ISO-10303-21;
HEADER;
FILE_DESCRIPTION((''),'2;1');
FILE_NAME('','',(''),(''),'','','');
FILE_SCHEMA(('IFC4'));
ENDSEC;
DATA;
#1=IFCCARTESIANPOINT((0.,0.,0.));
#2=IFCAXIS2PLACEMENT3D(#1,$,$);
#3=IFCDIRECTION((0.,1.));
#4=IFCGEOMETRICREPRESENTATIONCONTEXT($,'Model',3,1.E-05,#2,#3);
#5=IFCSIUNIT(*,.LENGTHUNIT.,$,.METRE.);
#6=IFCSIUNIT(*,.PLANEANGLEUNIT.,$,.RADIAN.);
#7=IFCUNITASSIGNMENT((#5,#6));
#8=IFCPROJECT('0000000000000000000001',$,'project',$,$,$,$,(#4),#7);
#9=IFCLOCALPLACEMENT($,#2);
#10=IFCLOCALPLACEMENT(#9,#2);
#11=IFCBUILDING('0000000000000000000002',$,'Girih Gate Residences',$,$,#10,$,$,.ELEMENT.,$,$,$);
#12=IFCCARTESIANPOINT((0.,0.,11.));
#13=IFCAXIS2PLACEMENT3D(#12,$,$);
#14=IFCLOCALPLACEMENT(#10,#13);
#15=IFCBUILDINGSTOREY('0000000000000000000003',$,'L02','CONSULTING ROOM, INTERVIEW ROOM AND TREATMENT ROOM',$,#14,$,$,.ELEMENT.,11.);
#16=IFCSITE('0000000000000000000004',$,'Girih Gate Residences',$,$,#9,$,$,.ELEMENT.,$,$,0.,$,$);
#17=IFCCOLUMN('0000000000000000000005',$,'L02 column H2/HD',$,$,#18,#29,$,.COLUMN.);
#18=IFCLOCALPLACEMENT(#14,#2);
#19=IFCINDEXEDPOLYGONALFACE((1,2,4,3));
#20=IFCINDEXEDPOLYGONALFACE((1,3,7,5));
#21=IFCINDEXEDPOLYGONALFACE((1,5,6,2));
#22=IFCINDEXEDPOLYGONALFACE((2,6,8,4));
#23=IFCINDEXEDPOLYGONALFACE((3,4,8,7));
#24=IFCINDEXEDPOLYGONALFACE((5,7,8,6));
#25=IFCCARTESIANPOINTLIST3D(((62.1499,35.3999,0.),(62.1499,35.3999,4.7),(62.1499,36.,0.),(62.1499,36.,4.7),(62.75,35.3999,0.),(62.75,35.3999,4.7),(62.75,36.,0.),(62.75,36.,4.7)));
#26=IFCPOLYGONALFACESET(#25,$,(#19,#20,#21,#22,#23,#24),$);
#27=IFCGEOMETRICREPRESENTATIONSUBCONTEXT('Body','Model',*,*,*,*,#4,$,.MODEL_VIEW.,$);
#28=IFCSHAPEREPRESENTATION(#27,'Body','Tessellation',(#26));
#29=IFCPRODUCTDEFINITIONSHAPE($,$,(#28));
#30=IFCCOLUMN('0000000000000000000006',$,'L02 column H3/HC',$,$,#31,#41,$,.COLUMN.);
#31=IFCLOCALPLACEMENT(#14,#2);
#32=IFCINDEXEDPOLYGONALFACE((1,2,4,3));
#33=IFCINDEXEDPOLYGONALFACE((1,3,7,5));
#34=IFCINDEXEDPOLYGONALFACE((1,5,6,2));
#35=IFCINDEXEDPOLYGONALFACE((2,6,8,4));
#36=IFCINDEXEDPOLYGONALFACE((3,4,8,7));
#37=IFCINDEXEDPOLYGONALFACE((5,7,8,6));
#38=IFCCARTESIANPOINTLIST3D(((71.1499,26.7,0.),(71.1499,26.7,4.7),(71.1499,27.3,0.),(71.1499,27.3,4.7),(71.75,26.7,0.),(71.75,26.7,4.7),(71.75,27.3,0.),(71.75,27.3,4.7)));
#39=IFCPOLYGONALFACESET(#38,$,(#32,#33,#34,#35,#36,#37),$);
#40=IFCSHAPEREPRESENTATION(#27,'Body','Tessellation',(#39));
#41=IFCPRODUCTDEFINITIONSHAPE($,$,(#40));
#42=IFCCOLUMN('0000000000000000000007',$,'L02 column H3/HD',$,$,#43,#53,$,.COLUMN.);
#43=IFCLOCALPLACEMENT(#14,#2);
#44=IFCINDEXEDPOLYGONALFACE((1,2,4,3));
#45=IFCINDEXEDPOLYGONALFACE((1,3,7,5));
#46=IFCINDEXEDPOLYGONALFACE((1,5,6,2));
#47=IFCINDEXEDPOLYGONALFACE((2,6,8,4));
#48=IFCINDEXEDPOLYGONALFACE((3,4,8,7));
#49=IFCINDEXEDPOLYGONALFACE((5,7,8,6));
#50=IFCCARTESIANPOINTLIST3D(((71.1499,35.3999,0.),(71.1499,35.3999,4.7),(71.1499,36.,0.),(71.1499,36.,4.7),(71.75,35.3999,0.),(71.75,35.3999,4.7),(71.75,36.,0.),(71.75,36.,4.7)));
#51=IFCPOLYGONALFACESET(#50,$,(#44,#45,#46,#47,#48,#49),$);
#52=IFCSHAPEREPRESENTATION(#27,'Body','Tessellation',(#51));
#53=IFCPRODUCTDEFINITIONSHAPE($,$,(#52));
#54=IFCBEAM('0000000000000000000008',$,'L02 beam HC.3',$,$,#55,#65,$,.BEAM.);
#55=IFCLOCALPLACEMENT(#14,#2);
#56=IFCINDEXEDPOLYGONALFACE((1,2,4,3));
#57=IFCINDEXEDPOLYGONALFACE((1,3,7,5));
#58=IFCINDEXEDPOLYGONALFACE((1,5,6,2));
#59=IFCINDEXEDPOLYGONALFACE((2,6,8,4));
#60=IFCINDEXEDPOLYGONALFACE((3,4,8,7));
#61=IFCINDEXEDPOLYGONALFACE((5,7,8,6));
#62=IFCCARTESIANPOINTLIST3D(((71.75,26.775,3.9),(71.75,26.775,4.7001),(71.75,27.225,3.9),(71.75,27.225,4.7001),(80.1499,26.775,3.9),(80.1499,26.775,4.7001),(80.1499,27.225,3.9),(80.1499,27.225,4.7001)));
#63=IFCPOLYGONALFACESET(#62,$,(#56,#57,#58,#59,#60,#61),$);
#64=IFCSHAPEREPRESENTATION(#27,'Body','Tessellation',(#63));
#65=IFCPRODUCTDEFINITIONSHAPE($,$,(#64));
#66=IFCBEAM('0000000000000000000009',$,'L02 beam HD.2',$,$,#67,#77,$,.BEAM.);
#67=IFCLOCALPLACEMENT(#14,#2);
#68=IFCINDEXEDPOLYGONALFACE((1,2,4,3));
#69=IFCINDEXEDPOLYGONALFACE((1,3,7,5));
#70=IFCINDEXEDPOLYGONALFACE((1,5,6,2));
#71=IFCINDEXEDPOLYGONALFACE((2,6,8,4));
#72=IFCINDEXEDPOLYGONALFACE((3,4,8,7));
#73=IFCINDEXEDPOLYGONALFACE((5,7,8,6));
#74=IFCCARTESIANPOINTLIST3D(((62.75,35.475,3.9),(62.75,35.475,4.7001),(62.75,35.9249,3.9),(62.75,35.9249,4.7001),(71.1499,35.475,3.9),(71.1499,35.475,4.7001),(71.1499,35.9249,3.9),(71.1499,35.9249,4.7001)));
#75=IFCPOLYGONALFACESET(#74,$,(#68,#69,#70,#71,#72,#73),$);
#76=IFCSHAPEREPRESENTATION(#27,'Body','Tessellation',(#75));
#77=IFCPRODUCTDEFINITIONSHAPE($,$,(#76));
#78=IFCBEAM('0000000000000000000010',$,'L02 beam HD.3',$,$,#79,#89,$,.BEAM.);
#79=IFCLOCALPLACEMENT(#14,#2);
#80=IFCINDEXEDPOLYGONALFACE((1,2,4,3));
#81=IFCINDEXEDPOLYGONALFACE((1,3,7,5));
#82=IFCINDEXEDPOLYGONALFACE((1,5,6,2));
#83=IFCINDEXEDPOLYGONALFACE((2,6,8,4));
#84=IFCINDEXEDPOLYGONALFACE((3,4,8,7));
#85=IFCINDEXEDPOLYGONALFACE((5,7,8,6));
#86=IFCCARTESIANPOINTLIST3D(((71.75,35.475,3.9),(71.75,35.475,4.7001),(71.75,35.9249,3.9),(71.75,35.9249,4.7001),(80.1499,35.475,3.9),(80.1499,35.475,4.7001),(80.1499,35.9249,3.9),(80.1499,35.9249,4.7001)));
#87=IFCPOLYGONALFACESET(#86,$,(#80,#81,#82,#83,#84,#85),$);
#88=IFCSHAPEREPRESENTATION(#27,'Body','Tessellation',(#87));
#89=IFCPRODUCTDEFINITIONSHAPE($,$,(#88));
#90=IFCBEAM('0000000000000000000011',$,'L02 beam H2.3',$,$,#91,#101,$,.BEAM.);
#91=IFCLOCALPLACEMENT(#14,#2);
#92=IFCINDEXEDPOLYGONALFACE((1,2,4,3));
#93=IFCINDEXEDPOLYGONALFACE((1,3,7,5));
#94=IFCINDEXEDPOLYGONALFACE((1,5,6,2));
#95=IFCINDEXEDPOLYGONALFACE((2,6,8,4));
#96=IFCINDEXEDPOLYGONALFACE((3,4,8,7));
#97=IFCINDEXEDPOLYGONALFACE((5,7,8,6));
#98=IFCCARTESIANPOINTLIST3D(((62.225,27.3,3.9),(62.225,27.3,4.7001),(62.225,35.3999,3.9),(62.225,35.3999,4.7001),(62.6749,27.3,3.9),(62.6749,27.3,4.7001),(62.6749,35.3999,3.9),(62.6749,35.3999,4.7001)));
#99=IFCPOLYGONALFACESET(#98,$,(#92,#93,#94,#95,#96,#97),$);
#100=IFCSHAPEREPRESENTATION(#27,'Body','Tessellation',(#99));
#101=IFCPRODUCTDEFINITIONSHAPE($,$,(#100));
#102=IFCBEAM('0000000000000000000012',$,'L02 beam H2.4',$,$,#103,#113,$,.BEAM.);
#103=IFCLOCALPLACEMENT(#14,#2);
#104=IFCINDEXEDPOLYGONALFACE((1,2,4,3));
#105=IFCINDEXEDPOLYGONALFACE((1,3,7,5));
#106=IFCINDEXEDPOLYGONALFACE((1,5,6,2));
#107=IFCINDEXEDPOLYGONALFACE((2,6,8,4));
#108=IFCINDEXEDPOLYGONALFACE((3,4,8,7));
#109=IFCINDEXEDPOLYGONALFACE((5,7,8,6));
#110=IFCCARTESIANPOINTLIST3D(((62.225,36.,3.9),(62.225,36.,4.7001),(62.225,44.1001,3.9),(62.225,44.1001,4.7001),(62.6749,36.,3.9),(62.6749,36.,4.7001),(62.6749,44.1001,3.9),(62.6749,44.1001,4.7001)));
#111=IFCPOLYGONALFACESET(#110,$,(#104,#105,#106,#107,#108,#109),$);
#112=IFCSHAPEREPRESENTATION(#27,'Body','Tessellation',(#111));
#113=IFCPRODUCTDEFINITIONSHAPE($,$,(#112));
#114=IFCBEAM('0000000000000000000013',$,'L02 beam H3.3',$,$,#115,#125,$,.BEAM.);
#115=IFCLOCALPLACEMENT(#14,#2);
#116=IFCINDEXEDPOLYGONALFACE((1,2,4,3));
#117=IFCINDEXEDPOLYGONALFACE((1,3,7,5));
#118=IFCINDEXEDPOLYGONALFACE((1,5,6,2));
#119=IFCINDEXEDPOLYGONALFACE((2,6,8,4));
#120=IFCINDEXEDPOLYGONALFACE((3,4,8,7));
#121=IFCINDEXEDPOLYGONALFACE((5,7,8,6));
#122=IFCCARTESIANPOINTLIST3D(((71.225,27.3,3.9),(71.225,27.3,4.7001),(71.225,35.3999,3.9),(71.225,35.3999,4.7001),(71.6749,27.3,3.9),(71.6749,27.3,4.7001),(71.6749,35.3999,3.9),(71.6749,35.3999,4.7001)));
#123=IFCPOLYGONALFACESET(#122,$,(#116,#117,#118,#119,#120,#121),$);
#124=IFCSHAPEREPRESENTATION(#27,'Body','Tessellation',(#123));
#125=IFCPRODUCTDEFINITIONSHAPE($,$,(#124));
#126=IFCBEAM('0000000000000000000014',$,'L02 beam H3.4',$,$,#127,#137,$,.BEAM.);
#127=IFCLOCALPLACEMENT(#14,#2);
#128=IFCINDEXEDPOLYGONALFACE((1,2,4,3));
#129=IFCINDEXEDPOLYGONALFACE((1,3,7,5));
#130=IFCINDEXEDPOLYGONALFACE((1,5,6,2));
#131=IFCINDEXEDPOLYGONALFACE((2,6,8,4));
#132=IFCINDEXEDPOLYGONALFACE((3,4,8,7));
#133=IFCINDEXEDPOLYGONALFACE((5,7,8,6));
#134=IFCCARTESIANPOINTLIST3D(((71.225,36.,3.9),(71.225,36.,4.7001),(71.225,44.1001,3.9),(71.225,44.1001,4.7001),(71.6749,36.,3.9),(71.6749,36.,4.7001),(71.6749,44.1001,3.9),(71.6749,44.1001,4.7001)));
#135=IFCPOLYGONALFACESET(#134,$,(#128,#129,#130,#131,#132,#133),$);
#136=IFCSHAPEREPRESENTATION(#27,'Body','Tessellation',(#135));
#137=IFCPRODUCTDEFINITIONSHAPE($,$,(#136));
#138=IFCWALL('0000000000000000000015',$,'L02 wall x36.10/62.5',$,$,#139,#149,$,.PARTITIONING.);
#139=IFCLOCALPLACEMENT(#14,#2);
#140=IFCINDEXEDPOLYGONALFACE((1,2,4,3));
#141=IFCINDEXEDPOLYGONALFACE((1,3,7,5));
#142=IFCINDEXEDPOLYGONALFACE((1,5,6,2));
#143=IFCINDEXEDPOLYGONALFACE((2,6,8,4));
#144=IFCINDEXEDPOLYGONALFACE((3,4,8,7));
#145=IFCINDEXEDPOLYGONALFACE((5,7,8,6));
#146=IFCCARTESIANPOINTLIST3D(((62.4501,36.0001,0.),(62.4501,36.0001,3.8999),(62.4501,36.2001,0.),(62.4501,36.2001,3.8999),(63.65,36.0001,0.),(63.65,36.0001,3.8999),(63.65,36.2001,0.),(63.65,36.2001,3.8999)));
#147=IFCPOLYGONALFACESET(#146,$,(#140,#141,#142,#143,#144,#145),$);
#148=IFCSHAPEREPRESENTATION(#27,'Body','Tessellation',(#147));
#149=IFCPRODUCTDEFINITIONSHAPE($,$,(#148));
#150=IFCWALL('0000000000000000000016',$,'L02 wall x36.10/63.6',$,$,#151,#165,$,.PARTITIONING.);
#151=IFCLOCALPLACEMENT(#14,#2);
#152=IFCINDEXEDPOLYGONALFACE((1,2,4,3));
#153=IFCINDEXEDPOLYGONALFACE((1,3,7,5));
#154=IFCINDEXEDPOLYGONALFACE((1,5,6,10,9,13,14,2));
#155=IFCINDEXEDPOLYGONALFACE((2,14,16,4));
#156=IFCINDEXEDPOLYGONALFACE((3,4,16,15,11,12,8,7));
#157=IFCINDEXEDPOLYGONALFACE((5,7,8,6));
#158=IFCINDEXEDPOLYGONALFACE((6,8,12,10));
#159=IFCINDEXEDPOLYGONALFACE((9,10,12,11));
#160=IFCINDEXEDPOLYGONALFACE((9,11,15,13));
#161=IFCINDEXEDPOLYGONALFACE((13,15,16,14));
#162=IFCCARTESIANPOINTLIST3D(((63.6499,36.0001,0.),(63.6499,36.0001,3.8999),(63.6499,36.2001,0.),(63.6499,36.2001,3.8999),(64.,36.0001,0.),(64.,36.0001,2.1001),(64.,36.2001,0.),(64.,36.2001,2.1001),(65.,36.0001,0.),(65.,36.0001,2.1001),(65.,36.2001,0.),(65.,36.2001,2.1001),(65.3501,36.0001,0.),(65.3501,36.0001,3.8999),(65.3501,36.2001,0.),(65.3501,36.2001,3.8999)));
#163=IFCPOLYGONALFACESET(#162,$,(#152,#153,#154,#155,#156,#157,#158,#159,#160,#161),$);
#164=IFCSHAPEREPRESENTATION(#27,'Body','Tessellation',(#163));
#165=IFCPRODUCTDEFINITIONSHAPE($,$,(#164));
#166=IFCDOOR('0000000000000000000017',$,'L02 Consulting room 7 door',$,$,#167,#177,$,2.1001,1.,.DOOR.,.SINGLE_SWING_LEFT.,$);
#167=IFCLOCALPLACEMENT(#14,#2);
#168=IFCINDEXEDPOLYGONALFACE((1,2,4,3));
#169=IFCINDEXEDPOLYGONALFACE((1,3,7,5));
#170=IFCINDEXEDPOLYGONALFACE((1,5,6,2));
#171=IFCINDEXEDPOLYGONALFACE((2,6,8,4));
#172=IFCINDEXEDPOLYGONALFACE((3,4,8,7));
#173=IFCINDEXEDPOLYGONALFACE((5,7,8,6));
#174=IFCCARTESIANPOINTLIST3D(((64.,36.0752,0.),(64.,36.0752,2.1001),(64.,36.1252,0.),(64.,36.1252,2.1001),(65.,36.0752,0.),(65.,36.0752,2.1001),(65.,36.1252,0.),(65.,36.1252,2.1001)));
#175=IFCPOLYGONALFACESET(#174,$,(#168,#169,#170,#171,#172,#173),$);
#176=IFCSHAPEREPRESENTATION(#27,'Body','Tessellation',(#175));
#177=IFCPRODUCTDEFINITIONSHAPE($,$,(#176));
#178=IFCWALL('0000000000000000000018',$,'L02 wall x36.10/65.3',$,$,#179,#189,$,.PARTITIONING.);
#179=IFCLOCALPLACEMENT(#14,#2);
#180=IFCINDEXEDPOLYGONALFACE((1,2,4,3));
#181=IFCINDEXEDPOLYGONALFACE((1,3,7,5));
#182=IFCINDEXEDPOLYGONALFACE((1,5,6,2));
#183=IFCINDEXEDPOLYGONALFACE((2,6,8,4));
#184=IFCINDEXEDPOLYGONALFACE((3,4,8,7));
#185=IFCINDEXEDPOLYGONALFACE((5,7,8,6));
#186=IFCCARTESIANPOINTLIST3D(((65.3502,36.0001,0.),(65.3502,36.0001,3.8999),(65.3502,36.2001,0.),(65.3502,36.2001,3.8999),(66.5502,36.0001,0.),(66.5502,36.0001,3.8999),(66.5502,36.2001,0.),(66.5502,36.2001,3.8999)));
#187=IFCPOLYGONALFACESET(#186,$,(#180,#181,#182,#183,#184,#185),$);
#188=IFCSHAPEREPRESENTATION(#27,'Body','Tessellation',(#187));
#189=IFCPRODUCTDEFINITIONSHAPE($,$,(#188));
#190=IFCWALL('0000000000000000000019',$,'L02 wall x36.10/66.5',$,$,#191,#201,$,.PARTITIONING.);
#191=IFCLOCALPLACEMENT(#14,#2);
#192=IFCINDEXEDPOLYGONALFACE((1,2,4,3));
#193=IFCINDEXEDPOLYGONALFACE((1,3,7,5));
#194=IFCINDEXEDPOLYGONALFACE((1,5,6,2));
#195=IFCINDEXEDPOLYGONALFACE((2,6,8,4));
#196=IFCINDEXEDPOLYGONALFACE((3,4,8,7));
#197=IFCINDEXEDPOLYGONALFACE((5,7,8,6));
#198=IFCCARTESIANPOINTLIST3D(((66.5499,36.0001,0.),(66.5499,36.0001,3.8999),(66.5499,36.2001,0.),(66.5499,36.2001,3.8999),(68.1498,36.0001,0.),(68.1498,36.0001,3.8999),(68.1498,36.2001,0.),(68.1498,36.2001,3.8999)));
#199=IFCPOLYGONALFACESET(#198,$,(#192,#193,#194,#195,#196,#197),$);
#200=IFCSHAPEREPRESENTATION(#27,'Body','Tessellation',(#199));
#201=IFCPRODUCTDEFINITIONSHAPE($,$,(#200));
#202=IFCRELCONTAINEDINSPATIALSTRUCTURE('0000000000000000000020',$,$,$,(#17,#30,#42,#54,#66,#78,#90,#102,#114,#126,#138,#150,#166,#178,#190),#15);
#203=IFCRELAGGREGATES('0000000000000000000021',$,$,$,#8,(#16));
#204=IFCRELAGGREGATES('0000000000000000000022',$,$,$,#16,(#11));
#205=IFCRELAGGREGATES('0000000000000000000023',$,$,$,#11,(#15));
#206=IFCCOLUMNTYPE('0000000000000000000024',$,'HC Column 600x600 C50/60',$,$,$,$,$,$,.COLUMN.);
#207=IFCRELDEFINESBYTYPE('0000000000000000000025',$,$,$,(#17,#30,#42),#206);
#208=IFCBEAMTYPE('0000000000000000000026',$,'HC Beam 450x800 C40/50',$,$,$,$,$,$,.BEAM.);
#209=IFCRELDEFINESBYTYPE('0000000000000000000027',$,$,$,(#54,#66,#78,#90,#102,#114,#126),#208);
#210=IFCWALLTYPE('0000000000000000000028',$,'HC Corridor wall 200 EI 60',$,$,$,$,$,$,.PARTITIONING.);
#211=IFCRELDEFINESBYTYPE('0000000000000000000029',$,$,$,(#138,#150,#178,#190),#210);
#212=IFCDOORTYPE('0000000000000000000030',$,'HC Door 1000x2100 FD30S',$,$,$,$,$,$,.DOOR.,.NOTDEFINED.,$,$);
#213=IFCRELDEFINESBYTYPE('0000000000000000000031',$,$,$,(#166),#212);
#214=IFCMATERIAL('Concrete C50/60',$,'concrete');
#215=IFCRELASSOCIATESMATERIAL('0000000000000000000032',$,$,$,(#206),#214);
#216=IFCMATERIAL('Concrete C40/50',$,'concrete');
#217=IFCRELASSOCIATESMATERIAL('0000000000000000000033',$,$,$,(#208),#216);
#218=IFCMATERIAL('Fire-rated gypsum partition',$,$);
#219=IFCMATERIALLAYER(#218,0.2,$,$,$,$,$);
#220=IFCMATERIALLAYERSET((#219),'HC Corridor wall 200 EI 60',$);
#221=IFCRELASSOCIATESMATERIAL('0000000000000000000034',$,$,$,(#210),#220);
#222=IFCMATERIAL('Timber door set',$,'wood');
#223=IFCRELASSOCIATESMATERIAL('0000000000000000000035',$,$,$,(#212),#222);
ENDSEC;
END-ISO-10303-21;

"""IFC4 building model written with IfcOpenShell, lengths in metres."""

from ifc_helpers import new_model, si_unit, direction, frame, frame_2d, origin, origin_2d, place, context, subcontext, project, spatial, rectangle, extrude, material, layer, layer_set, material_profile, profile_set, type_object, element, fill, save


model = new_model("IFC4")

# Units and contexts
model_context = context("Model", 3, precision=1e-05, world=origin(), true_north=direction((0.0, 1.0)))
body_context = subcontext(model_context, "Body", "Model", "MODEL_VIEW")
ifc_project = project(units=[si_unit("LENGTHUNIT", "METRE"), si_unit("PLANEANGLEUNIT", "RADIAN")], contexts=[model_context])

# Site, building, storey
site_placement = place(None, origin())
site = spatial("IfcSite", under=ifc_project, at=site_placement, Name="Girih Gate Residences", CompositionType="ELEMENT", RefElevation=0.0)
building_placement = place(site_placement, origin())
building = spatial("IfcBuilding", under=site, at=building_placement, Name="Girih Gate Residences", CompositionType="ELEMENT")
storey_placement = place(building_placement, frame((0.0, 0.0, 11.0)))
storey = spatial("IfcBuildingStorey", under=building, at=storey_placement, Name="L02", Description="CONSULTING ROOM, INTERVIEW ROOM AND TREATMENT ROOM", CompositionType="ELEMENT", Elevation=11.0)

# Columns
ifc_material_1 = material(Name="Concrete C50/60", Category="concrete")
ifc_material_profile_1 = material_profile(ifc_material_1, rectangle(XDim=0.6001, YDim=0.6001, at=origin_2d()))
ifc_profile_set_1 = profile_set([ifc_material_profile_1], Name="Concrete C50/60")
column_type = type_object("IfcColumnType", Name="HC Column 600x600 C50/60", PredefinedType="COLUMN", material=ifc_profile_set_1)
for number, where, z_axis, x_axis, name in (
    (1, (62.45, 35.7, 0.0), (0.0, 0.0, 1.0), (1.0, 0.0, 0.0), "L02 column H2/HD"),
    (2, (71.45, 27.0, 0.0), (0.0, 0.0, 1.0), (1.0, 0.0, 0.0), "L02 column H3/HC"),
    (3, (71.45, 35.7, 0.0), (0.0, 0.0, 1.0), (1.0, 0.0, 0.0), "L02 column H3/HD"),
):
    element("IfcColumn", number, at=place(storey_placement, frame(where, z_axis=z_axis, x_axis=x_axis)), inside=storey, type_object=column_type, Name=name, PredefinedType="COLUMN", context=body_context, shape_type="SweptSolid", body=[
        extrude(rectangle(XDim=0.6001, YDim=0.6001, at=origin_2d()), origin(), (0.0, 0.0, 1.0), 4.7),
    ])

# Beams
ifc_material_2 = material(Name="Concrete C40/50", Category="concrete")
ifc_material_profile_2 = material_profile(ifc_material_2, rectangle(XDim=0.45, YDim=0.8, at=origin_2d()))
ifc_profile_set_2 = profile_set([ifc_material_profile_2], Name="Concrete C40/50")
beam_type = type_object("IfcBeamType", Name="HC Beam 450x800 C40/50", PredefinedType="BEAM", material=ifc_profile_set_2)
for number, where, z_axis, x_axis, name in (
    (4, (71.75, 27.0, 4.3), (1.0, 0.0, 0.0), (0.0, 1.0, 0.0), "L02 beam HC.3"),
    (5, (62.75, 35.7, 4.3), (1.0, 0.0, 0.0), (0.0, 1.0, 0.0), "L02 beam HD.2"),
    (6, (71.75, 35.7, 4.3), (1.0, 0.0, 0.0), (0.0, 1.0, 0.0), "L02 beam HD.3"),
):
    element("IfcBeam", number, at=place(storey_placement, frame(where, z_axis=z_axis, x_axis=x_axis)), inside=storey, type_object=beam_type, Name=name, PredefinedType="BEAM", context=body_context, shape_type="SweptSolid", body=[
        extrude(rectangle(XDim=0.45, YDim=0.8, at=origin_2d()), origin(), (0.0, 0.0, 1.0), 8.3999),
    ])
beam_1_placement = place(storey_placement, frame((62.45, 27.3, 4.3), z_axis=(0.0, 1.0, 0.0), x_axis=(-1.0, 0.0, 0.0)))
element("IfcBeam", 7, at=beam_1_placement, inside=storey, type_object=beam_type, Name="L02 beam H2.3", PredefinedType="BEAM", context=body_context, shape_type="SweptSolid", body=[
    extrude(rectangle(XDim=0.45, YDim=0.8, at=origin_2d()), origin(), (0.0, 0.0, 1.0), 8.0999),
])
beam_2_placement = place(storey_placement, frame((62.45, 36.0, 4.3), z_axis=(0.0, 1.0, 0.0), x_axis=(-1.0, 0.0, 0.0)))
element("IfcBeam", 8, at=beam_2_placement, inside=storey, type_object=beam_type, Name="L02 beam H2.4", PredefinedType="BEAM", context=body_context, shape_type="SweptSolid", body=[
    extrude(rectangle(XDim=0.45, YDim=0.8, at=origin_2d()), origin(), (0.0, 0.0, 1.0), 8.1001),
])
beam_3_placement = place(storey_placement, frame((71.45, 27.3, 4.3), z_axis=(0.0, 1.0, 0.0), x_axis=(-1.0, 0.0, 0.0)))
element("IfcBeam", 9, at=beam_3_placement, inside=storey, type_object=beam_type, Name="L02 beam H3.3", PredefinedType="BEAM", context=body_context, shape_type="SweptSolid", body=[
    extrude(rectangle(XDim=0.45, YDim=0.8, at=origin_2d()), origin(), (0.0, 0.0, 1.0), 8.0999),
])
beam_4_placement = place(storey_placement, frame((71.45, 36.0, 4.3), z_axis=(0.0, 1.0, 0.0), x_axis=(-1.0, 0.0, 0.0)))
element("IfcBeam", 10, at=beam_4_placement, inside=storey, type_object=beam_type, Name="L02 beam H3.4", PredefinedType="BEAM", context=body_context, shape_type="SweptSolid", body=[
    extrude(rectangle(XDim=0.45, YDim=0.8, at=origin_2d()), origin(), (0.0, 0.0, 1.0), 8.1001),
])

# Wall
ifc_material_3 = material(Name="Fire-rated gypsum partition")
ifc_layer_1 = layer(ifc_material_3, 0.2)
ifc_layer_set_1 = layer_set([ifc_layer_1], Name="HC Corridor wall 200 EI 60")
wall_type_1 = type_object("IfcWallType", Name="HC Corridor wall 200 EI 60", PredefinedType="PARTITIONING", material=ifc_layer_set_1)
wall_1_placement = place(storey_placement, frame((62.45, 36.1001, 0.0), z_axis=(0.0, 0.0, 1.0), x_axis=(1.0, 0.0, 0.0)))
element("IfcWall", 11, at=wall_1_placement, inside=storey, type_object=wall_type_1, Name="L02 wall x36.10/62.5", PredefinedType="PARTITIONING", context=body_context, shape_type="SweptSolid", body=[
    extrude(rectangle(XDim=1.2, YDim=0.2, at=frame_2d((0.6001, 0.0))), origin(), (0.0, 0.0, 1.0), 3.8999),
])

# Wall, opening, door
wall_2_placement = place(storey_placement, frame((65.3501, 36.1001, 0.0), z_axis=(0.0, 0.0, 1.0), x_axis=(-1.0, 0.0, 0.0)))
wall_2 = element("IfcWall", 12, at=wall_2_placement, inside=storey, type_object=wall_type_1, Name="L02 wall x36.10/63.6", PredefinedType="PARTITIONING", context=body_context, shape_type="SweptSolid", body=[
    extrude(rectangle(XDim=1.7002, YDim=0.2, at=frame_2d((0.8501, 0.0))), origin(), (0.0, 0.0, 1.0), 3.8999),
])
opening_1_placement = place(wall_2_placement, frame((0.3501, 0.0, 0.0)))
opening_1 = element("IfcOpeningElement", 13, at=opening_1_placement, cuts=wall_2, PredefinedType="OPENING", context=body_context, shape_type="SweptSolid", body=[
    extrude(rectangle(XDim=1.0, YDim=2.1001, at=frame_2d((0.5, 1.05))), frame((0.0, 0.1099, 0.0), z_axis=(0.0, -1.0, 0.0), x_axis=(1.0, 0.0, 0.0)), (0.0, 0.0, 1.0), 0.22),
])
ifc_material_4 = material(Name="Timber door set", Category="wood")
door_type = type_object("IfcDoorType", Name="HC Door 1000x2100 FD30S", OperationType="NOTDEFINED", PredefinedType="DOOR", material=ifc_material_4)
door_1_placement = place(opening_1_placement, origin())
door_1 = element("IfcDoor", 14, at=door_1_placement, inside=storey, type_object=door_type, Name="L02 Consulting room 7 door", OperationType="SINGLE_SWING_LEFT", OverallHeight=2.1001, OverallWidth=1.0, PredefinedType="DOOR", context=body_context, shape_type="SweptSolid", body=[
    extrude(rectangle(XDim=1.0, YDim=2.1001, at=frame_2d((0.5, 1.05))), frame((0.0, 0.0249, 0.0), z_axis=(0.0, -1.0, 0.0), x_axis=(1.0, 0.0, 0.0)), (0.0, 0.0, 1.0), 0.05),
])
fill(opening_1, door_1)

# Walls
wall_3_placement = place(storey_placement, frame((65.3501, 36.1001, 0.0), z_axis=(0.0, 0.0, 1.0), x_axis=(1.0, 0.0, 0.0)))
element("IfcWall", 15, at=wall_3_placement, inside=storey, type_object=wall_type_1, Name="L02 wall x36.10/65.3", PredefinedType="PARTITIONING", context=body_context, shape_type="SweptSolid", body=[
    extrude(rectangle(XDim=1.2, YDim=0.2, at=frame_2d((0.6001, 0.0))), origin(), (0.0, 0.0, 1.0), 3.8999),
])
wall_4_placement = place(storey_placement, frame((66.55, 36.1001, 0.0), z_axis=(0.0, 0.0, 1.0), x_axis=(1.0, 0.0, 0.0)))
element("IfcWall", 16, at=wall_4_placement, inside=storey, type_object=wall_type_1, Name="L02 wall x36.10/66.5", PredefinedType="PARTITIONING", context=body_context, shape_type="SweptSolid", body=[
    extrude(rectangle(XDim=1.5999, YDim=0.2, at=frame_2d((0.7998, 0.0))), origin(), (0.0, 0.0, 1.0), 3.8999),
])

save(model, "model.ifc")
